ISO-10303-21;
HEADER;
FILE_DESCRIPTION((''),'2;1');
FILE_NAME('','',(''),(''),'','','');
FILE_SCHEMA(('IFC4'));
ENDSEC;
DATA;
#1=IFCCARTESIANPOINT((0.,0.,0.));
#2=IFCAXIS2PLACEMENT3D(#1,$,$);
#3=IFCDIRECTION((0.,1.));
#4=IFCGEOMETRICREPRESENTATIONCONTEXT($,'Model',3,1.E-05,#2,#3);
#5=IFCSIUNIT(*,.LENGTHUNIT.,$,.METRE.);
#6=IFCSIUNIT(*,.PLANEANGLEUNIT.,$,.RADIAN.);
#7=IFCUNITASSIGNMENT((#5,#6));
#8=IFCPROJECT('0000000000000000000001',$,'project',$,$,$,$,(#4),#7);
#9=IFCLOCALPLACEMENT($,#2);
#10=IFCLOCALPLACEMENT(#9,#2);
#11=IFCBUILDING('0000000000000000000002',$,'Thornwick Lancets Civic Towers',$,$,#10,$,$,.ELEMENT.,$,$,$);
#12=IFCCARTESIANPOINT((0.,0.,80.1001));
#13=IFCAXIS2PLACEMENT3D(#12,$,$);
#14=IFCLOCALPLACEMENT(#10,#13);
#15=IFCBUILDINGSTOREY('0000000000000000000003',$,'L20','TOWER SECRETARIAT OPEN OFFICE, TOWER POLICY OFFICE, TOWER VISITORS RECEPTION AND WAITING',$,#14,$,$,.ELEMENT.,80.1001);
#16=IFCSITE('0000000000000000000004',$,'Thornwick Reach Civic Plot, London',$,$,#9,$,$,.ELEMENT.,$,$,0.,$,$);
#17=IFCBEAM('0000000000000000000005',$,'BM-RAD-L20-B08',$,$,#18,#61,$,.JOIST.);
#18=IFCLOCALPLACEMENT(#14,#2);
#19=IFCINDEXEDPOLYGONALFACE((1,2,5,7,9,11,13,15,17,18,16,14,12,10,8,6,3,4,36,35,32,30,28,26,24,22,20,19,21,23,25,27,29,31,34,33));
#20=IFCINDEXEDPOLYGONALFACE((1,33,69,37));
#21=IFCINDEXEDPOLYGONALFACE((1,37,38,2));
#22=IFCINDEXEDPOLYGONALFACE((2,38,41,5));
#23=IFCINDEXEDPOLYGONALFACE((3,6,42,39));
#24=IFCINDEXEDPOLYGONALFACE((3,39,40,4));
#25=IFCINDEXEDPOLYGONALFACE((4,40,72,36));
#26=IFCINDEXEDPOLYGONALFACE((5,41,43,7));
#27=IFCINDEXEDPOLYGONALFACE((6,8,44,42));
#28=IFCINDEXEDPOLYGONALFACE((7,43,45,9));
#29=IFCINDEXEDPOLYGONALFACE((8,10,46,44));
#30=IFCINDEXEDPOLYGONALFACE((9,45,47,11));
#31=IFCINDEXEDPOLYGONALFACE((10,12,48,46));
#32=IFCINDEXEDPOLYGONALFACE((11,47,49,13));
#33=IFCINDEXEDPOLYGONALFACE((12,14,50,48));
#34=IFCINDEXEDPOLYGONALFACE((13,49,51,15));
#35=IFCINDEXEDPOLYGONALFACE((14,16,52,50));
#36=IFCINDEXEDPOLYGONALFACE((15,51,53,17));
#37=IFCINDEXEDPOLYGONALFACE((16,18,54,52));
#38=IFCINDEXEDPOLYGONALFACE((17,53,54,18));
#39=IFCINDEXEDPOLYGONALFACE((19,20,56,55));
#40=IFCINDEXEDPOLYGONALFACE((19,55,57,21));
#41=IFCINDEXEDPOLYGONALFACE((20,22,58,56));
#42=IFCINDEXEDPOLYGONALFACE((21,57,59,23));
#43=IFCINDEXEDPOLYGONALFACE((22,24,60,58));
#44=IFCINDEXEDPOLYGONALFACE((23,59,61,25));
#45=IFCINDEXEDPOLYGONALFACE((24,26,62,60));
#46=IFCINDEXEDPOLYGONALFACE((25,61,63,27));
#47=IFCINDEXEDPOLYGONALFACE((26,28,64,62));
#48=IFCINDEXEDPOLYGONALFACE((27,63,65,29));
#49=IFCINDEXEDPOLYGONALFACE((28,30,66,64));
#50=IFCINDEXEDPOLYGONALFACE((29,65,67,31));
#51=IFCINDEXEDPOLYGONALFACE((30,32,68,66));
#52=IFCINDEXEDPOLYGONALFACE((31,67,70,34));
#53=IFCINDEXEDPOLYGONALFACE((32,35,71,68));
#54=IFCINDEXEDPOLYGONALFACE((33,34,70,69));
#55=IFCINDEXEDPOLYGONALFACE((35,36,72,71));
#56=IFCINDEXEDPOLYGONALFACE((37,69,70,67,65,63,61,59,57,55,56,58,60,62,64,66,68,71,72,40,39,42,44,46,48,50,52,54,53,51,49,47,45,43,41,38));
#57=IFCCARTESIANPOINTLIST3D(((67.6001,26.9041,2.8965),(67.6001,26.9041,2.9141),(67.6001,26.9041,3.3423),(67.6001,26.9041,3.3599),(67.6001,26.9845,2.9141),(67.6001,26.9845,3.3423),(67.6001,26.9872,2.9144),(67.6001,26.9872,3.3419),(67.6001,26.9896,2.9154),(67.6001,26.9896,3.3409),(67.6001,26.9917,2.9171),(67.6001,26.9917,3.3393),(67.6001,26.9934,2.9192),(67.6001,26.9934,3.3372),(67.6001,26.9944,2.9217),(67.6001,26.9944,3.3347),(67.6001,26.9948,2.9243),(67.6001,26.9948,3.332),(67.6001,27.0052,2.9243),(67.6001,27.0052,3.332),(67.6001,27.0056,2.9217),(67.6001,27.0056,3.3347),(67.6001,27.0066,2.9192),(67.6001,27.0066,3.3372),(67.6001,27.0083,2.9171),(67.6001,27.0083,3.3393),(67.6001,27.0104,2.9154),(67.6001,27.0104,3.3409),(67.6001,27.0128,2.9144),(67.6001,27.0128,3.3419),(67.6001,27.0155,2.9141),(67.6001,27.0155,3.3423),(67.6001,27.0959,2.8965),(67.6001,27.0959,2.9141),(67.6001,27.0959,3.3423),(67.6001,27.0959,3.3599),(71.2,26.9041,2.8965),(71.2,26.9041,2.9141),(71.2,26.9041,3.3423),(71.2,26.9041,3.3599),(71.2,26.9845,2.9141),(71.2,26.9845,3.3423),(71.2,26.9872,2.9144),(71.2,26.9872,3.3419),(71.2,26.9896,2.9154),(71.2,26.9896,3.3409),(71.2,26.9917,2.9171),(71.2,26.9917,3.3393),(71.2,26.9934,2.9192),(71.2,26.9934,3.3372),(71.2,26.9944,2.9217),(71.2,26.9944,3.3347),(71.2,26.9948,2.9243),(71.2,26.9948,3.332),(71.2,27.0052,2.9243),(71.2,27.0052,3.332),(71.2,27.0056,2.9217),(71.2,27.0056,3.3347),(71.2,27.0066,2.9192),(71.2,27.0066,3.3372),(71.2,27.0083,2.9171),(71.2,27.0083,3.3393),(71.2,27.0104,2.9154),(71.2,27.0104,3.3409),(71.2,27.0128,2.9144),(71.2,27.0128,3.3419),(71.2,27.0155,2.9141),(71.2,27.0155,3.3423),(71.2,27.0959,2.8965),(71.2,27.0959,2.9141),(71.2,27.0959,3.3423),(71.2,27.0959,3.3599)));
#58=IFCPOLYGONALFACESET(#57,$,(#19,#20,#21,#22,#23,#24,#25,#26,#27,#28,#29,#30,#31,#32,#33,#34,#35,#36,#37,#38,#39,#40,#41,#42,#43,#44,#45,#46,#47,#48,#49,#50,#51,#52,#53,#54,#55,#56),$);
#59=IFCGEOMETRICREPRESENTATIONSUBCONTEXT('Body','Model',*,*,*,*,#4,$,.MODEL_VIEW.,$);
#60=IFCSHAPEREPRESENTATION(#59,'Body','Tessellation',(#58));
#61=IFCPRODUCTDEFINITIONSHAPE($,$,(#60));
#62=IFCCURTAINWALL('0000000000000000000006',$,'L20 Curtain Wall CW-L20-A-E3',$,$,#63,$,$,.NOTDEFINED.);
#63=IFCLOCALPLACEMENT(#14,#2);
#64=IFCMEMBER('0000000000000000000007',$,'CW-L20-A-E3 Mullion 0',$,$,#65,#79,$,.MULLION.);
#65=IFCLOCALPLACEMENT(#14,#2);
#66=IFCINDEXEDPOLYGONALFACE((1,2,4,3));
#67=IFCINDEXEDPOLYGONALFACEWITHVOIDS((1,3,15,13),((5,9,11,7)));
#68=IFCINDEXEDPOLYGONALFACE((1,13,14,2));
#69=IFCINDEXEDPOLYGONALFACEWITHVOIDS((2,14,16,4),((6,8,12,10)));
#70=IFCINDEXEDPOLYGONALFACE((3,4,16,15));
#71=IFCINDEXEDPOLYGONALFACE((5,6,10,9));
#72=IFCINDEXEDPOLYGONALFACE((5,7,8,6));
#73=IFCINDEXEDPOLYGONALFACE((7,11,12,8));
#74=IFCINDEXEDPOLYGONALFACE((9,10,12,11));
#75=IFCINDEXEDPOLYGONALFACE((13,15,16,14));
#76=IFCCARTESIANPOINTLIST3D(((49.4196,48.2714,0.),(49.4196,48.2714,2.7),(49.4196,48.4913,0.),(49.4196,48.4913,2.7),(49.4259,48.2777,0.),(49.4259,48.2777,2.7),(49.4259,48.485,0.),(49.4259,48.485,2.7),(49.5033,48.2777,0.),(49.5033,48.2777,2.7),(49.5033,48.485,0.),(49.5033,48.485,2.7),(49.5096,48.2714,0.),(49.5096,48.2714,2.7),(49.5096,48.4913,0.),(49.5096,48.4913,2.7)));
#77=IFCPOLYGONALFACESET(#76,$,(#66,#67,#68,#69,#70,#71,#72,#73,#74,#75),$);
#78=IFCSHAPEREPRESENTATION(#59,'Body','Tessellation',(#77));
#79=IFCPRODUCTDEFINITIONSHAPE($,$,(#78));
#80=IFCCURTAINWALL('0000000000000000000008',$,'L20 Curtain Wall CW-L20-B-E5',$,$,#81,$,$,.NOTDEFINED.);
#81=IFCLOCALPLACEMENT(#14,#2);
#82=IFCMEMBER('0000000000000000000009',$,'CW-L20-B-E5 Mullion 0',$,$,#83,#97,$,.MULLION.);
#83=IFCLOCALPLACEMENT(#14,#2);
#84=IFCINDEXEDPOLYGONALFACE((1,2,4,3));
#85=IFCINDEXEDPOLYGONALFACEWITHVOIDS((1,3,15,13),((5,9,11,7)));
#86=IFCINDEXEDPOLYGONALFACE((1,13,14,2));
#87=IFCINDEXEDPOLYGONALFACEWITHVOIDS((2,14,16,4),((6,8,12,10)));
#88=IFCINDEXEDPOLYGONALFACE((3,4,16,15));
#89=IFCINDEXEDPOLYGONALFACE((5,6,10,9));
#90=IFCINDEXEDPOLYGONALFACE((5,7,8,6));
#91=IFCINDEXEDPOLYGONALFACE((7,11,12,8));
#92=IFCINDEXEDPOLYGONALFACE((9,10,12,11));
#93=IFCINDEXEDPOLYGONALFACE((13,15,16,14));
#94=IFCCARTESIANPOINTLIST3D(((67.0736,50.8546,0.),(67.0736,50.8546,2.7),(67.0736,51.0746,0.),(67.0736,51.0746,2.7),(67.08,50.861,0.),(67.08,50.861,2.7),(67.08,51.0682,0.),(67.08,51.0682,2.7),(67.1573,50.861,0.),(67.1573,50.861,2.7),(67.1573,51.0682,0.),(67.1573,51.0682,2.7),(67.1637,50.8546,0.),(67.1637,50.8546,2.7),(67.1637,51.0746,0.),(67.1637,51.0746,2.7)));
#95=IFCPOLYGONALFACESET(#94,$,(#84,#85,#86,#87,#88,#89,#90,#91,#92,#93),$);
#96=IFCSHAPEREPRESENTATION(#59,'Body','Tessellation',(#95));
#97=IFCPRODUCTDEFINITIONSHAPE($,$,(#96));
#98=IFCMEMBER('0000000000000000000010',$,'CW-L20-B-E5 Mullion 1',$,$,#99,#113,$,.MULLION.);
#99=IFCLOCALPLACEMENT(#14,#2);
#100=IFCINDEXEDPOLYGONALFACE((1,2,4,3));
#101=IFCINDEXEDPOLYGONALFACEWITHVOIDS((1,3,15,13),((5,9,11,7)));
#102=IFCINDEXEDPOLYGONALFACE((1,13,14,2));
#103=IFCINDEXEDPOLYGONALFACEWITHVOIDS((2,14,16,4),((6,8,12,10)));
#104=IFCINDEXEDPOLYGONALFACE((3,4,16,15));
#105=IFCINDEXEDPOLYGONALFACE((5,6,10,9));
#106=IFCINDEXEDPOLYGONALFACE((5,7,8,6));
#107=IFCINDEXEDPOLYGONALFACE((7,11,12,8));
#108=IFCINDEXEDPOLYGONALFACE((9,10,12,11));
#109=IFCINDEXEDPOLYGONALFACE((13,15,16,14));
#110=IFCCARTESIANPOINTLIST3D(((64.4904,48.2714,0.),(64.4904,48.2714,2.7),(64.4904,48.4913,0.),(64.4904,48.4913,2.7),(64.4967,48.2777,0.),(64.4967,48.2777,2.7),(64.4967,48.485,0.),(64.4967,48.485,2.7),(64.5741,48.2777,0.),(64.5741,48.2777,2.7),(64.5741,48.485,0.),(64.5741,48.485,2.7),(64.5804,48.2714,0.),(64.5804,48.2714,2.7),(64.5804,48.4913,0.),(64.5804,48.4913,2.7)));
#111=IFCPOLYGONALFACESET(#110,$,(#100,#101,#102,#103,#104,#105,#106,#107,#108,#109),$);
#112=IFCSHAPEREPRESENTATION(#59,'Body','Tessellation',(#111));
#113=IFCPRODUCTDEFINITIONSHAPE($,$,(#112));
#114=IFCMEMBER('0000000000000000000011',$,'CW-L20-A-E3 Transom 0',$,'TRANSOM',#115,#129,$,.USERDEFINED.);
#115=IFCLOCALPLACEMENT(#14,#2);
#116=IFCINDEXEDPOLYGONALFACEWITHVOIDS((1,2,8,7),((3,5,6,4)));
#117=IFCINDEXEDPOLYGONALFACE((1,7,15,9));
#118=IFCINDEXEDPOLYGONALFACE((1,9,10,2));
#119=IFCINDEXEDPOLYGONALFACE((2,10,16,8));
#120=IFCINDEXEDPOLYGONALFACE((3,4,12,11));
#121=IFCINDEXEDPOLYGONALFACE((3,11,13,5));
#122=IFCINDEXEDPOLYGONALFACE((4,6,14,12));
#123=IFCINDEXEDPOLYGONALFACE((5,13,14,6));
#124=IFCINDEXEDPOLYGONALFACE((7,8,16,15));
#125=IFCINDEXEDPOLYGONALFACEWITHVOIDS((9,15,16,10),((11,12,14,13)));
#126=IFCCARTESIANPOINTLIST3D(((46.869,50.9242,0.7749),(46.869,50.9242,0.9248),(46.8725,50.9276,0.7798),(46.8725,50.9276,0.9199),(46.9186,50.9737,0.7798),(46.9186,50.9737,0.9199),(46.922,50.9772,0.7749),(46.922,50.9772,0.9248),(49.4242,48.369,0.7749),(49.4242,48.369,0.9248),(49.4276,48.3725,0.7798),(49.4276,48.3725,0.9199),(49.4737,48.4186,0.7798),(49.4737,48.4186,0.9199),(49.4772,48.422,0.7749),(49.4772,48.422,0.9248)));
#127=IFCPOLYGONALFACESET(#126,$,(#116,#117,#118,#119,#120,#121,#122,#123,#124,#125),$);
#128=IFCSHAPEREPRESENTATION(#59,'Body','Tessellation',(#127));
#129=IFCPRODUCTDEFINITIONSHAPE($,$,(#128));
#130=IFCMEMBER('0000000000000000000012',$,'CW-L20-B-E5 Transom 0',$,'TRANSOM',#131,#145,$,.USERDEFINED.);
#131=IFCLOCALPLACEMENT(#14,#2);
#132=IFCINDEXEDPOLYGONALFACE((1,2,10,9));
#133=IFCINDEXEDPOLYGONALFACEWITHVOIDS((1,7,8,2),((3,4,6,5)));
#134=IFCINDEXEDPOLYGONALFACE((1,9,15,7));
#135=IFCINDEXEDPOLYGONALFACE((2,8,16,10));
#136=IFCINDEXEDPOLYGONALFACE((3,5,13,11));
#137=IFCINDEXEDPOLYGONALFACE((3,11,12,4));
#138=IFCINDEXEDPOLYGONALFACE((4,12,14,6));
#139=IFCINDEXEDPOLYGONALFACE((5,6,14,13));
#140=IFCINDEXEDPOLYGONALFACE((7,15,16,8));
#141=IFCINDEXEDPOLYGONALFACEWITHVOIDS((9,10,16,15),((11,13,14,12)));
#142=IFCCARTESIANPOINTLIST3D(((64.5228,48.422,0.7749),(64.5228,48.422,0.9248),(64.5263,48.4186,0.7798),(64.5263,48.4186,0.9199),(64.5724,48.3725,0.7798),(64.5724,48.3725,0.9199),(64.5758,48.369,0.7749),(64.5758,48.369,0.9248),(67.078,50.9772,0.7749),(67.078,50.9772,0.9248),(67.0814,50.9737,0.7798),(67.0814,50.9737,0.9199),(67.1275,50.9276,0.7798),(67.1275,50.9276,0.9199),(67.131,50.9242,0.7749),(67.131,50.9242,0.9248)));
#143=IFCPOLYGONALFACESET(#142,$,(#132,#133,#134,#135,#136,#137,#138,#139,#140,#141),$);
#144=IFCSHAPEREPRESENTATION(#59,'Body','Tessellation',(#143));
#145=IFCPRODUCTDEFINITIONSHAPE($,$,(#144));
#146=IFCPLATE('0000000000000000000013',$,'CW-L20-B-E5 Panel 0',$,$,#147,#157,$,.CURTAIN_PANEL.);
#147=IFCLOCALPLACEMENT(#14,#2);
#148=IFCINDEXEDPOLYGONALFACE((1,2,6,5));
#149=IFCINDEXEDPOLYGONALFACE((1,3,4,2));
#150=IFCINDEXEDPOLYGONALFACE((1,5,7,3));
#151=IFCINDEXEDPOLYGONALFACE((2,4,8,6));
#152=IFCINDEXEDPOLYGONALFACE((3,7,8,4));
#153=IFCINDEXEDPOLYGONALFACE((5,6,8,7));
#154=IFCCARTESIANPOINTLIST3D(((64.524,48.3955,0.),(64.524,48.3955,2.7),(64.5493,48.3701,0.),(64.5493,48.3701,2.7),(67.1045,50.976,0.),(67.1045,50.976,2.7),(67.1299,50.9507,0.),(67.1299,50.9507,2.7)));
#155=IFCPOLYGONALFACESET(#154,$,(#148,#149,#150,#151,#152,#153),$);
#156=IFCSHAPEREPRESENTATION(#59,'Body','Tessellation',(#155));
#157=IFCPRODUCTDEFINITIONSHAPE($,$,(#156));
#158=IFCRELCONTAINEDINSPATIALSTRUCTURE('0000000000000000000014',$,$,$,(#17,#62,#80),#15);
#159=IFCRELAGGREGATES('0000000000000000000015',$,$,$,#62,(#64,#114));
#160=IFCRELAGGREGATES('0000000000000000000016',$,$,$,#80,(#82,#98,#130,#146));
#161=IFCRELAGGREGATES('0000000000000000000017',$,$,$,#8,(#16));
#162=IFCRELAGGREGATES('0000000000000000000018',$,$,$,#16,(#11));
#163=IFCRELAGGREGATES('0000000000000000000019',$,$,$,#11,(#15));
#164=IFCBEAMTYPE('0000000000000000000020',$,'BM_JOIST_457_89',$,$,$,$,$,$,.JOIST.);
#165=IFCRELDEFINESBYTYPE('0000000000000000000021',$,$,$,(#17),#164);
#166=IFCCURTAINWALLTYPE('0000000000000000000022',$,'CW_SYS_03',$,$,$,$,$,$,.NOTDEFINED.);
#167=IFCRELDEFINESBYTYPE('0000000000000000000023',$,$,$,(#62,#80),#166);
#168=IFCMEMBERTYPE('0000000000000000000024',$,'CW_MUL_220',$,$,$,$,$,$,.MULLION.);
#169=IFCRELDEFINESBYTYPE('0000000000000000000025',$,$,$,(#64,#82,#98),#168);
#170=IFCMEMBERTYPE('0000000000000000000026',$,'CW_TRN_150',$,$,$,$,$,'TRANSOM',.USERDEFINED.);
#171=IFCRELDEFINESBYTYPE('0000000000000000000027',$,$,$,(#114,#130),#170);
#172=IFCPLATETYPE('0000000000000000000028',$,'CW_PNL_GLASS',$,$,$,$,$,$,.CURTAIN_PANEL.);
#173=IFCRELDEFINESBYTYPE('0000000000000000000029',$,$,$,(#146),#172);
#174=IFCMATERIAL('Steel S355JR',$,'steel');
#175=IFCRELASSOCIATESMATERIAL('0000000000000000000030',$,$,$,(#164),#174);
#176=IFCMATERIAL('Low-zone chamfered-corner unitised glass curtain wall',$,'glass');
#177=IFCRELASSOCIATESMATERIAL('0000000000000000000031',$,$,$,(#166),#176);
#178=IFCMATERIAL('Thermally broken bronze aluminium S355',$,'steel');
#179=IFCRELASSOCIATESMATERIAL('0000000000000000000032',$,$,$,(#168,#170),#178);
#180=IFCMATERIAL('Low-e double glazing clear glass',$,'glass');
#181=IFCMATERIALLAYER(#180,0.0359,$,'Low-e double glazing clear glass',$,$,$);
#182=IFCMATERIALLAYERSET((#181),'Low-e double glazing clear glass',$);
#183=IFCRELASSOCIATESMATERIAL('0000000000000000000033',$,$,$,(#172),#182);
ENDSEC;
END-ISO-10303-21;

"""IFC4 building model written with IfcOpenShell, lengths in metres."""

from ifc_helpers import new_model, si_unit, direction, frame, origin, origin_2d, place, context, subcontext, project, spatial, rectangle, hollow_rectangle, i_section, extrude, material, layer, layer_set, material_profile, profile_set, type_object, element, aggregate, save


model = new_model("IFC4")

# Units and contexts
model_context = context("Model", 3, precision=1e-05, world=origin(), true_north=direction((0.0, 1.0)))
body_context = subcontext(model_context, "Body", "Model", "MODEL_VIEW")
ifc_project = project(units=[si_unit("LENGTHUNIT", "METRE"), si_unit("PLANEANGLEUNIT", "RADIAN")], contexts=[model_context])

# Site, building, storey
site_placement = place(None, origin())
site = spatial("IfcSite", under=ifc_project, at=site_placement, Name="Thornwick Reach Civic Plot, London", CompositionType="ELEMENT", RefElevation=0.0)
building_placement = place(site_placement, origin())
building = spatial("IfcBuilding", under=site, at=building_placement, Name="Thornwick Lancets Civic Towers", CompositionType="ELEMENT")
storey_placement = place(building_placement, frame((0.0, 0.0, 80.1001)))
storey = spatial("IfcBuildingStorey", under=building, at=storey_placement, Name="L20", Description="TOWER SECRETARIAT OPEN OFFICE, TOWER POLICY OFFICE, TOWER VISITORS RECEPTION AND WAITING", CompositionType="ELEMENT", Elevation=80.1001)

# Beam
ifc_material_1 = material(Name="Steel S355JR", Category="steel")
ifc_material_profile_1 = material_profile(ifc_material_1, i_section(OverallWidth=0.1919, OverallDepth=0.4634, WebThickness=0.0105, FlangeThickness=0.0176, FilletRadius=0.0103, at=origin_2d()), Name="UKB 457x191x89")
ifc_profile_set_1 = profile_set([ifc_material_profile_1], Name="Steel S355JR")
beam_type_1 = type_object("IfcBeamType", Name="BM_JOIST_457_89", PredefinedType="JOIST", material=ifc_profile_set_1)
beam_1_placement = place(storey_placement, frame((71.2, 27.0, 3.1282), z_axis=(-1.0, 0.0, 0.0), x_axis=(0.0, -1.0, 0.0)))
element("IfcBeam", 1, at=beam_1_placement, inside=storey, type_object=beam_type_1, Name="BM-RAD-L20-B08", PredefinedType="JOIST", context=body_context, shape_type="SweptSolid", body=[
    extrude(i_section(OverallWidth=0.1919, OverallDepth=0.4634, WebThickness=0.0105, FlangeThickness=0.0176, FilletRadius=0.0103, at=origin_2d()), origin(), (0.0, 0.0, 1.0), 3.5999),
])

# Curtain wall, member
ifc_material_2 = material(Name="Low-zone chamfered-corner unitised glass curtain wall", Category="glass")
curtain_wall_type = type_object("IfcCurtainWallType", Name="CW_SYS_03", PredefinedType="NOTDEFINED", material=ifc_material_2)
curtain_wall_1_placement = place(storey_placement, origin())
curtain_wall_1 = element("IfcCurtainWall", 2, at=curtain_wall_1_placement, inside=storey, type_object=curtain_wall_type, Name="L20 Curtain Wall CW-L20-A-E3", PredefinedType="NOTDEFINED")
ifc_material_3 = material(Name="Thermally broken bronze aluminium S355", Category="steel")
ifc_material_profile_2 = material_profile(ifc_material_3, hollow_rectangle(XDim=0.0901, YDim=0.22, WallThickness=0.0063, at=origin_2d()), Name="RHS 220x90x6.3")
ifc_profile_set_2 = profile_set([ifc_material_profile_2], Name="Thermally broken bronze aluminium S355")
member_type_1 = type_object("IfcMemberType", Name="CW_MUL_220", PredefinedType="MULLION", material=ifc_profile_set_2)
member_1_placement = place(storey_placement, frame((49.4646, 48.3813, 0.0), z_axis=(0.0, 0.0, 1.0), x_axis=(1.0, 0.0, 0.0)))
member_1 = element("IfcMember", 3, at=member_1_placement, type_object=member_type_1, Name="CW-L20-A-E3 Mullion 0", PredefinedType="MULLION", context=body_context, shape_type="SweptSolid", body=[
    extrude(hollow_rectangle(XDim=0.0901, YDim=0.22, WallThickness=0.0063, at=origin_2d()), origin(), (0.0, 0.0, 1.0), 2.7),
])

# Curtain wall, members
curtain_wall_2_placement = place(storey_placement, origin())
curtain_wall_2 = element("IfcCurtainWall", 4, at=curtain_wall_2_placement, inside=storey, type_object=curtain_wall_type, Name="L20 Curtain Wall CW-L20-B-E5", PredefinedType="NOTDEFINED")
member_2_placement = place(storey_placement, frame((67.1187, 50.9646, 0.0), z_axis=(0.0, 0.0, 1.0), x_axis=(1.0, 0.0, 0.0)))
member_2 = element("IfcMember", 5, at=member_2_placement, type_object=member_type_1, Name="CW-L20-B-E5 Mullion 0", PredefinedType="MULLION", context=body_context, shape_type="SweptSolid", body=[
    extrude(hollow_rectangle(XDim=0.0901, YDim=0.22, WallThickness=0.0063, at=origin_2d()), origin(), (0.0, 0.0, 1.0), 2.7),
])
member_3_placement = place(storey_placement, frame((64.5354, 48.3813, 0.0), z_axis=(0.0, 0.0, 1.0), x_axis=(1.0, 0.0, 0.0)))
member_3 = element("IfcMember", 6, at=member_3_placement, type_object=member_type_1, Name="CW-L20-B-E5 Mullion 1", PredefinedType="MULLION", context=body_context, shape_type="SweptSolid", body=[
    extrude(hollow_rectangle(XDim=0.0901, YDim=0.22, WallThickness=0.0063, at=origin_2d()), origin(), (0.0, 0.0, 1.0), 2.7),
])

# Members
ifc_material_profile_3 = material_profile(ifc_material_3, hollow_rectangle(XDim=0.075, YDim=0.1499, WallThickness=0.0049, at=origin_2d()), Name="RHS 150x75x5")
ifc_profile_set_3 = profile_set([ifc_material_profile_3], Name="Thermally broken bronze aluminium S355")
member_type_2 = type_object("IfcMemberType", Name="CW_TRN_150", ElementType="TRANSOM", PredefinedType="USERDEFINED", material=ifc_profile_set_3)
member_4_placement = place(storey_placement, frame((49.4507, 48.3955, 0.8499), z_axis=(-0.707107, 0.707107, 0.0), x_axis=(-0.707107, -0.707107, 0.0)))
member_4 = element("IfcMember", 7, at=member_4_placement, type_object=member_type_2, Name="CW-L20-A-E3 Transom 0", ObjectType="TRANSOM", PredefinedType="USERDEFINED", context=body_context, shape_type="SweptSolid", body=[
    extrude(hollow_rectangle(XDim=0.075, YDim=0.1499, WallThickness=0.0049, at=origin_2d()), origin(), (0.0, 0.0, 1.0), 3.6135),
])
aggregate(curtain_wall_1, [member_1, member_4])
member_5_placement = place(storey_placement, frame((67.1045, 50.9507, 0.8499), z_axis=(-0.707107, -0.707107, 0.0), x_axis=(0.707107, -0.707107, 0.0)))
member_5 = element("IfcMember", 8, at=member_5_placement, type_object=member_type_2, Name="CW-L20-B-E5 Transom 0", ObjectType="TRANSOM", PredefinedType="USERDEFINED", context=body_context, shape_type="SweptSolid", body=[
    extrude(hollow_rectangle(XDim=0.075, YDim=0.1499, WallThickness=0.0049, at=origin_2d()), origin(), (0.0, 0.0, 1.0), 3.6135),
])

# Plate
ifc_material_4 = material(Name="Low-e double glazing clear glass", Category="glass")
ifc_layer_1 = layer(ifc_material_4, 0.0359, Name="Low-e double glazing clear glass")
ifc_layer_set_1 = layer_set([ifc_layer_1], Name="Low-e double glazing clear glass")
plate_type = type_object("IfcPlateType", Name="CW_PNL_GLASS", PredefinedType="CURTAIN_PANEL", material=ifc_layer_set_1)
plate_placement = place(storey_placement, frame((65.8269, 49.6731, 0.0), z_axis=(0.0, 0.0, 1.0), x_axis=(-0.707107, -0.707107, 0.0)))
plate = element("IfcPlate", 9, at=plate_placement, type_object=plate_type, Name="CW-L20-B-E5 Panel 0", PredefinedType="CURTAIN_PANEL", context=body_context, shape_type="SweptSolid", body=[
    extrude(rectangle(XDim=3.6494, YDim=0.0359, at=origin_2d()), origin(), (0.0, 0.0, 1.0), 2.7),
])
aggregate(curtain_wall_2, [member_2, member_3, member_5, plate])

save(model, "model.ifc")
